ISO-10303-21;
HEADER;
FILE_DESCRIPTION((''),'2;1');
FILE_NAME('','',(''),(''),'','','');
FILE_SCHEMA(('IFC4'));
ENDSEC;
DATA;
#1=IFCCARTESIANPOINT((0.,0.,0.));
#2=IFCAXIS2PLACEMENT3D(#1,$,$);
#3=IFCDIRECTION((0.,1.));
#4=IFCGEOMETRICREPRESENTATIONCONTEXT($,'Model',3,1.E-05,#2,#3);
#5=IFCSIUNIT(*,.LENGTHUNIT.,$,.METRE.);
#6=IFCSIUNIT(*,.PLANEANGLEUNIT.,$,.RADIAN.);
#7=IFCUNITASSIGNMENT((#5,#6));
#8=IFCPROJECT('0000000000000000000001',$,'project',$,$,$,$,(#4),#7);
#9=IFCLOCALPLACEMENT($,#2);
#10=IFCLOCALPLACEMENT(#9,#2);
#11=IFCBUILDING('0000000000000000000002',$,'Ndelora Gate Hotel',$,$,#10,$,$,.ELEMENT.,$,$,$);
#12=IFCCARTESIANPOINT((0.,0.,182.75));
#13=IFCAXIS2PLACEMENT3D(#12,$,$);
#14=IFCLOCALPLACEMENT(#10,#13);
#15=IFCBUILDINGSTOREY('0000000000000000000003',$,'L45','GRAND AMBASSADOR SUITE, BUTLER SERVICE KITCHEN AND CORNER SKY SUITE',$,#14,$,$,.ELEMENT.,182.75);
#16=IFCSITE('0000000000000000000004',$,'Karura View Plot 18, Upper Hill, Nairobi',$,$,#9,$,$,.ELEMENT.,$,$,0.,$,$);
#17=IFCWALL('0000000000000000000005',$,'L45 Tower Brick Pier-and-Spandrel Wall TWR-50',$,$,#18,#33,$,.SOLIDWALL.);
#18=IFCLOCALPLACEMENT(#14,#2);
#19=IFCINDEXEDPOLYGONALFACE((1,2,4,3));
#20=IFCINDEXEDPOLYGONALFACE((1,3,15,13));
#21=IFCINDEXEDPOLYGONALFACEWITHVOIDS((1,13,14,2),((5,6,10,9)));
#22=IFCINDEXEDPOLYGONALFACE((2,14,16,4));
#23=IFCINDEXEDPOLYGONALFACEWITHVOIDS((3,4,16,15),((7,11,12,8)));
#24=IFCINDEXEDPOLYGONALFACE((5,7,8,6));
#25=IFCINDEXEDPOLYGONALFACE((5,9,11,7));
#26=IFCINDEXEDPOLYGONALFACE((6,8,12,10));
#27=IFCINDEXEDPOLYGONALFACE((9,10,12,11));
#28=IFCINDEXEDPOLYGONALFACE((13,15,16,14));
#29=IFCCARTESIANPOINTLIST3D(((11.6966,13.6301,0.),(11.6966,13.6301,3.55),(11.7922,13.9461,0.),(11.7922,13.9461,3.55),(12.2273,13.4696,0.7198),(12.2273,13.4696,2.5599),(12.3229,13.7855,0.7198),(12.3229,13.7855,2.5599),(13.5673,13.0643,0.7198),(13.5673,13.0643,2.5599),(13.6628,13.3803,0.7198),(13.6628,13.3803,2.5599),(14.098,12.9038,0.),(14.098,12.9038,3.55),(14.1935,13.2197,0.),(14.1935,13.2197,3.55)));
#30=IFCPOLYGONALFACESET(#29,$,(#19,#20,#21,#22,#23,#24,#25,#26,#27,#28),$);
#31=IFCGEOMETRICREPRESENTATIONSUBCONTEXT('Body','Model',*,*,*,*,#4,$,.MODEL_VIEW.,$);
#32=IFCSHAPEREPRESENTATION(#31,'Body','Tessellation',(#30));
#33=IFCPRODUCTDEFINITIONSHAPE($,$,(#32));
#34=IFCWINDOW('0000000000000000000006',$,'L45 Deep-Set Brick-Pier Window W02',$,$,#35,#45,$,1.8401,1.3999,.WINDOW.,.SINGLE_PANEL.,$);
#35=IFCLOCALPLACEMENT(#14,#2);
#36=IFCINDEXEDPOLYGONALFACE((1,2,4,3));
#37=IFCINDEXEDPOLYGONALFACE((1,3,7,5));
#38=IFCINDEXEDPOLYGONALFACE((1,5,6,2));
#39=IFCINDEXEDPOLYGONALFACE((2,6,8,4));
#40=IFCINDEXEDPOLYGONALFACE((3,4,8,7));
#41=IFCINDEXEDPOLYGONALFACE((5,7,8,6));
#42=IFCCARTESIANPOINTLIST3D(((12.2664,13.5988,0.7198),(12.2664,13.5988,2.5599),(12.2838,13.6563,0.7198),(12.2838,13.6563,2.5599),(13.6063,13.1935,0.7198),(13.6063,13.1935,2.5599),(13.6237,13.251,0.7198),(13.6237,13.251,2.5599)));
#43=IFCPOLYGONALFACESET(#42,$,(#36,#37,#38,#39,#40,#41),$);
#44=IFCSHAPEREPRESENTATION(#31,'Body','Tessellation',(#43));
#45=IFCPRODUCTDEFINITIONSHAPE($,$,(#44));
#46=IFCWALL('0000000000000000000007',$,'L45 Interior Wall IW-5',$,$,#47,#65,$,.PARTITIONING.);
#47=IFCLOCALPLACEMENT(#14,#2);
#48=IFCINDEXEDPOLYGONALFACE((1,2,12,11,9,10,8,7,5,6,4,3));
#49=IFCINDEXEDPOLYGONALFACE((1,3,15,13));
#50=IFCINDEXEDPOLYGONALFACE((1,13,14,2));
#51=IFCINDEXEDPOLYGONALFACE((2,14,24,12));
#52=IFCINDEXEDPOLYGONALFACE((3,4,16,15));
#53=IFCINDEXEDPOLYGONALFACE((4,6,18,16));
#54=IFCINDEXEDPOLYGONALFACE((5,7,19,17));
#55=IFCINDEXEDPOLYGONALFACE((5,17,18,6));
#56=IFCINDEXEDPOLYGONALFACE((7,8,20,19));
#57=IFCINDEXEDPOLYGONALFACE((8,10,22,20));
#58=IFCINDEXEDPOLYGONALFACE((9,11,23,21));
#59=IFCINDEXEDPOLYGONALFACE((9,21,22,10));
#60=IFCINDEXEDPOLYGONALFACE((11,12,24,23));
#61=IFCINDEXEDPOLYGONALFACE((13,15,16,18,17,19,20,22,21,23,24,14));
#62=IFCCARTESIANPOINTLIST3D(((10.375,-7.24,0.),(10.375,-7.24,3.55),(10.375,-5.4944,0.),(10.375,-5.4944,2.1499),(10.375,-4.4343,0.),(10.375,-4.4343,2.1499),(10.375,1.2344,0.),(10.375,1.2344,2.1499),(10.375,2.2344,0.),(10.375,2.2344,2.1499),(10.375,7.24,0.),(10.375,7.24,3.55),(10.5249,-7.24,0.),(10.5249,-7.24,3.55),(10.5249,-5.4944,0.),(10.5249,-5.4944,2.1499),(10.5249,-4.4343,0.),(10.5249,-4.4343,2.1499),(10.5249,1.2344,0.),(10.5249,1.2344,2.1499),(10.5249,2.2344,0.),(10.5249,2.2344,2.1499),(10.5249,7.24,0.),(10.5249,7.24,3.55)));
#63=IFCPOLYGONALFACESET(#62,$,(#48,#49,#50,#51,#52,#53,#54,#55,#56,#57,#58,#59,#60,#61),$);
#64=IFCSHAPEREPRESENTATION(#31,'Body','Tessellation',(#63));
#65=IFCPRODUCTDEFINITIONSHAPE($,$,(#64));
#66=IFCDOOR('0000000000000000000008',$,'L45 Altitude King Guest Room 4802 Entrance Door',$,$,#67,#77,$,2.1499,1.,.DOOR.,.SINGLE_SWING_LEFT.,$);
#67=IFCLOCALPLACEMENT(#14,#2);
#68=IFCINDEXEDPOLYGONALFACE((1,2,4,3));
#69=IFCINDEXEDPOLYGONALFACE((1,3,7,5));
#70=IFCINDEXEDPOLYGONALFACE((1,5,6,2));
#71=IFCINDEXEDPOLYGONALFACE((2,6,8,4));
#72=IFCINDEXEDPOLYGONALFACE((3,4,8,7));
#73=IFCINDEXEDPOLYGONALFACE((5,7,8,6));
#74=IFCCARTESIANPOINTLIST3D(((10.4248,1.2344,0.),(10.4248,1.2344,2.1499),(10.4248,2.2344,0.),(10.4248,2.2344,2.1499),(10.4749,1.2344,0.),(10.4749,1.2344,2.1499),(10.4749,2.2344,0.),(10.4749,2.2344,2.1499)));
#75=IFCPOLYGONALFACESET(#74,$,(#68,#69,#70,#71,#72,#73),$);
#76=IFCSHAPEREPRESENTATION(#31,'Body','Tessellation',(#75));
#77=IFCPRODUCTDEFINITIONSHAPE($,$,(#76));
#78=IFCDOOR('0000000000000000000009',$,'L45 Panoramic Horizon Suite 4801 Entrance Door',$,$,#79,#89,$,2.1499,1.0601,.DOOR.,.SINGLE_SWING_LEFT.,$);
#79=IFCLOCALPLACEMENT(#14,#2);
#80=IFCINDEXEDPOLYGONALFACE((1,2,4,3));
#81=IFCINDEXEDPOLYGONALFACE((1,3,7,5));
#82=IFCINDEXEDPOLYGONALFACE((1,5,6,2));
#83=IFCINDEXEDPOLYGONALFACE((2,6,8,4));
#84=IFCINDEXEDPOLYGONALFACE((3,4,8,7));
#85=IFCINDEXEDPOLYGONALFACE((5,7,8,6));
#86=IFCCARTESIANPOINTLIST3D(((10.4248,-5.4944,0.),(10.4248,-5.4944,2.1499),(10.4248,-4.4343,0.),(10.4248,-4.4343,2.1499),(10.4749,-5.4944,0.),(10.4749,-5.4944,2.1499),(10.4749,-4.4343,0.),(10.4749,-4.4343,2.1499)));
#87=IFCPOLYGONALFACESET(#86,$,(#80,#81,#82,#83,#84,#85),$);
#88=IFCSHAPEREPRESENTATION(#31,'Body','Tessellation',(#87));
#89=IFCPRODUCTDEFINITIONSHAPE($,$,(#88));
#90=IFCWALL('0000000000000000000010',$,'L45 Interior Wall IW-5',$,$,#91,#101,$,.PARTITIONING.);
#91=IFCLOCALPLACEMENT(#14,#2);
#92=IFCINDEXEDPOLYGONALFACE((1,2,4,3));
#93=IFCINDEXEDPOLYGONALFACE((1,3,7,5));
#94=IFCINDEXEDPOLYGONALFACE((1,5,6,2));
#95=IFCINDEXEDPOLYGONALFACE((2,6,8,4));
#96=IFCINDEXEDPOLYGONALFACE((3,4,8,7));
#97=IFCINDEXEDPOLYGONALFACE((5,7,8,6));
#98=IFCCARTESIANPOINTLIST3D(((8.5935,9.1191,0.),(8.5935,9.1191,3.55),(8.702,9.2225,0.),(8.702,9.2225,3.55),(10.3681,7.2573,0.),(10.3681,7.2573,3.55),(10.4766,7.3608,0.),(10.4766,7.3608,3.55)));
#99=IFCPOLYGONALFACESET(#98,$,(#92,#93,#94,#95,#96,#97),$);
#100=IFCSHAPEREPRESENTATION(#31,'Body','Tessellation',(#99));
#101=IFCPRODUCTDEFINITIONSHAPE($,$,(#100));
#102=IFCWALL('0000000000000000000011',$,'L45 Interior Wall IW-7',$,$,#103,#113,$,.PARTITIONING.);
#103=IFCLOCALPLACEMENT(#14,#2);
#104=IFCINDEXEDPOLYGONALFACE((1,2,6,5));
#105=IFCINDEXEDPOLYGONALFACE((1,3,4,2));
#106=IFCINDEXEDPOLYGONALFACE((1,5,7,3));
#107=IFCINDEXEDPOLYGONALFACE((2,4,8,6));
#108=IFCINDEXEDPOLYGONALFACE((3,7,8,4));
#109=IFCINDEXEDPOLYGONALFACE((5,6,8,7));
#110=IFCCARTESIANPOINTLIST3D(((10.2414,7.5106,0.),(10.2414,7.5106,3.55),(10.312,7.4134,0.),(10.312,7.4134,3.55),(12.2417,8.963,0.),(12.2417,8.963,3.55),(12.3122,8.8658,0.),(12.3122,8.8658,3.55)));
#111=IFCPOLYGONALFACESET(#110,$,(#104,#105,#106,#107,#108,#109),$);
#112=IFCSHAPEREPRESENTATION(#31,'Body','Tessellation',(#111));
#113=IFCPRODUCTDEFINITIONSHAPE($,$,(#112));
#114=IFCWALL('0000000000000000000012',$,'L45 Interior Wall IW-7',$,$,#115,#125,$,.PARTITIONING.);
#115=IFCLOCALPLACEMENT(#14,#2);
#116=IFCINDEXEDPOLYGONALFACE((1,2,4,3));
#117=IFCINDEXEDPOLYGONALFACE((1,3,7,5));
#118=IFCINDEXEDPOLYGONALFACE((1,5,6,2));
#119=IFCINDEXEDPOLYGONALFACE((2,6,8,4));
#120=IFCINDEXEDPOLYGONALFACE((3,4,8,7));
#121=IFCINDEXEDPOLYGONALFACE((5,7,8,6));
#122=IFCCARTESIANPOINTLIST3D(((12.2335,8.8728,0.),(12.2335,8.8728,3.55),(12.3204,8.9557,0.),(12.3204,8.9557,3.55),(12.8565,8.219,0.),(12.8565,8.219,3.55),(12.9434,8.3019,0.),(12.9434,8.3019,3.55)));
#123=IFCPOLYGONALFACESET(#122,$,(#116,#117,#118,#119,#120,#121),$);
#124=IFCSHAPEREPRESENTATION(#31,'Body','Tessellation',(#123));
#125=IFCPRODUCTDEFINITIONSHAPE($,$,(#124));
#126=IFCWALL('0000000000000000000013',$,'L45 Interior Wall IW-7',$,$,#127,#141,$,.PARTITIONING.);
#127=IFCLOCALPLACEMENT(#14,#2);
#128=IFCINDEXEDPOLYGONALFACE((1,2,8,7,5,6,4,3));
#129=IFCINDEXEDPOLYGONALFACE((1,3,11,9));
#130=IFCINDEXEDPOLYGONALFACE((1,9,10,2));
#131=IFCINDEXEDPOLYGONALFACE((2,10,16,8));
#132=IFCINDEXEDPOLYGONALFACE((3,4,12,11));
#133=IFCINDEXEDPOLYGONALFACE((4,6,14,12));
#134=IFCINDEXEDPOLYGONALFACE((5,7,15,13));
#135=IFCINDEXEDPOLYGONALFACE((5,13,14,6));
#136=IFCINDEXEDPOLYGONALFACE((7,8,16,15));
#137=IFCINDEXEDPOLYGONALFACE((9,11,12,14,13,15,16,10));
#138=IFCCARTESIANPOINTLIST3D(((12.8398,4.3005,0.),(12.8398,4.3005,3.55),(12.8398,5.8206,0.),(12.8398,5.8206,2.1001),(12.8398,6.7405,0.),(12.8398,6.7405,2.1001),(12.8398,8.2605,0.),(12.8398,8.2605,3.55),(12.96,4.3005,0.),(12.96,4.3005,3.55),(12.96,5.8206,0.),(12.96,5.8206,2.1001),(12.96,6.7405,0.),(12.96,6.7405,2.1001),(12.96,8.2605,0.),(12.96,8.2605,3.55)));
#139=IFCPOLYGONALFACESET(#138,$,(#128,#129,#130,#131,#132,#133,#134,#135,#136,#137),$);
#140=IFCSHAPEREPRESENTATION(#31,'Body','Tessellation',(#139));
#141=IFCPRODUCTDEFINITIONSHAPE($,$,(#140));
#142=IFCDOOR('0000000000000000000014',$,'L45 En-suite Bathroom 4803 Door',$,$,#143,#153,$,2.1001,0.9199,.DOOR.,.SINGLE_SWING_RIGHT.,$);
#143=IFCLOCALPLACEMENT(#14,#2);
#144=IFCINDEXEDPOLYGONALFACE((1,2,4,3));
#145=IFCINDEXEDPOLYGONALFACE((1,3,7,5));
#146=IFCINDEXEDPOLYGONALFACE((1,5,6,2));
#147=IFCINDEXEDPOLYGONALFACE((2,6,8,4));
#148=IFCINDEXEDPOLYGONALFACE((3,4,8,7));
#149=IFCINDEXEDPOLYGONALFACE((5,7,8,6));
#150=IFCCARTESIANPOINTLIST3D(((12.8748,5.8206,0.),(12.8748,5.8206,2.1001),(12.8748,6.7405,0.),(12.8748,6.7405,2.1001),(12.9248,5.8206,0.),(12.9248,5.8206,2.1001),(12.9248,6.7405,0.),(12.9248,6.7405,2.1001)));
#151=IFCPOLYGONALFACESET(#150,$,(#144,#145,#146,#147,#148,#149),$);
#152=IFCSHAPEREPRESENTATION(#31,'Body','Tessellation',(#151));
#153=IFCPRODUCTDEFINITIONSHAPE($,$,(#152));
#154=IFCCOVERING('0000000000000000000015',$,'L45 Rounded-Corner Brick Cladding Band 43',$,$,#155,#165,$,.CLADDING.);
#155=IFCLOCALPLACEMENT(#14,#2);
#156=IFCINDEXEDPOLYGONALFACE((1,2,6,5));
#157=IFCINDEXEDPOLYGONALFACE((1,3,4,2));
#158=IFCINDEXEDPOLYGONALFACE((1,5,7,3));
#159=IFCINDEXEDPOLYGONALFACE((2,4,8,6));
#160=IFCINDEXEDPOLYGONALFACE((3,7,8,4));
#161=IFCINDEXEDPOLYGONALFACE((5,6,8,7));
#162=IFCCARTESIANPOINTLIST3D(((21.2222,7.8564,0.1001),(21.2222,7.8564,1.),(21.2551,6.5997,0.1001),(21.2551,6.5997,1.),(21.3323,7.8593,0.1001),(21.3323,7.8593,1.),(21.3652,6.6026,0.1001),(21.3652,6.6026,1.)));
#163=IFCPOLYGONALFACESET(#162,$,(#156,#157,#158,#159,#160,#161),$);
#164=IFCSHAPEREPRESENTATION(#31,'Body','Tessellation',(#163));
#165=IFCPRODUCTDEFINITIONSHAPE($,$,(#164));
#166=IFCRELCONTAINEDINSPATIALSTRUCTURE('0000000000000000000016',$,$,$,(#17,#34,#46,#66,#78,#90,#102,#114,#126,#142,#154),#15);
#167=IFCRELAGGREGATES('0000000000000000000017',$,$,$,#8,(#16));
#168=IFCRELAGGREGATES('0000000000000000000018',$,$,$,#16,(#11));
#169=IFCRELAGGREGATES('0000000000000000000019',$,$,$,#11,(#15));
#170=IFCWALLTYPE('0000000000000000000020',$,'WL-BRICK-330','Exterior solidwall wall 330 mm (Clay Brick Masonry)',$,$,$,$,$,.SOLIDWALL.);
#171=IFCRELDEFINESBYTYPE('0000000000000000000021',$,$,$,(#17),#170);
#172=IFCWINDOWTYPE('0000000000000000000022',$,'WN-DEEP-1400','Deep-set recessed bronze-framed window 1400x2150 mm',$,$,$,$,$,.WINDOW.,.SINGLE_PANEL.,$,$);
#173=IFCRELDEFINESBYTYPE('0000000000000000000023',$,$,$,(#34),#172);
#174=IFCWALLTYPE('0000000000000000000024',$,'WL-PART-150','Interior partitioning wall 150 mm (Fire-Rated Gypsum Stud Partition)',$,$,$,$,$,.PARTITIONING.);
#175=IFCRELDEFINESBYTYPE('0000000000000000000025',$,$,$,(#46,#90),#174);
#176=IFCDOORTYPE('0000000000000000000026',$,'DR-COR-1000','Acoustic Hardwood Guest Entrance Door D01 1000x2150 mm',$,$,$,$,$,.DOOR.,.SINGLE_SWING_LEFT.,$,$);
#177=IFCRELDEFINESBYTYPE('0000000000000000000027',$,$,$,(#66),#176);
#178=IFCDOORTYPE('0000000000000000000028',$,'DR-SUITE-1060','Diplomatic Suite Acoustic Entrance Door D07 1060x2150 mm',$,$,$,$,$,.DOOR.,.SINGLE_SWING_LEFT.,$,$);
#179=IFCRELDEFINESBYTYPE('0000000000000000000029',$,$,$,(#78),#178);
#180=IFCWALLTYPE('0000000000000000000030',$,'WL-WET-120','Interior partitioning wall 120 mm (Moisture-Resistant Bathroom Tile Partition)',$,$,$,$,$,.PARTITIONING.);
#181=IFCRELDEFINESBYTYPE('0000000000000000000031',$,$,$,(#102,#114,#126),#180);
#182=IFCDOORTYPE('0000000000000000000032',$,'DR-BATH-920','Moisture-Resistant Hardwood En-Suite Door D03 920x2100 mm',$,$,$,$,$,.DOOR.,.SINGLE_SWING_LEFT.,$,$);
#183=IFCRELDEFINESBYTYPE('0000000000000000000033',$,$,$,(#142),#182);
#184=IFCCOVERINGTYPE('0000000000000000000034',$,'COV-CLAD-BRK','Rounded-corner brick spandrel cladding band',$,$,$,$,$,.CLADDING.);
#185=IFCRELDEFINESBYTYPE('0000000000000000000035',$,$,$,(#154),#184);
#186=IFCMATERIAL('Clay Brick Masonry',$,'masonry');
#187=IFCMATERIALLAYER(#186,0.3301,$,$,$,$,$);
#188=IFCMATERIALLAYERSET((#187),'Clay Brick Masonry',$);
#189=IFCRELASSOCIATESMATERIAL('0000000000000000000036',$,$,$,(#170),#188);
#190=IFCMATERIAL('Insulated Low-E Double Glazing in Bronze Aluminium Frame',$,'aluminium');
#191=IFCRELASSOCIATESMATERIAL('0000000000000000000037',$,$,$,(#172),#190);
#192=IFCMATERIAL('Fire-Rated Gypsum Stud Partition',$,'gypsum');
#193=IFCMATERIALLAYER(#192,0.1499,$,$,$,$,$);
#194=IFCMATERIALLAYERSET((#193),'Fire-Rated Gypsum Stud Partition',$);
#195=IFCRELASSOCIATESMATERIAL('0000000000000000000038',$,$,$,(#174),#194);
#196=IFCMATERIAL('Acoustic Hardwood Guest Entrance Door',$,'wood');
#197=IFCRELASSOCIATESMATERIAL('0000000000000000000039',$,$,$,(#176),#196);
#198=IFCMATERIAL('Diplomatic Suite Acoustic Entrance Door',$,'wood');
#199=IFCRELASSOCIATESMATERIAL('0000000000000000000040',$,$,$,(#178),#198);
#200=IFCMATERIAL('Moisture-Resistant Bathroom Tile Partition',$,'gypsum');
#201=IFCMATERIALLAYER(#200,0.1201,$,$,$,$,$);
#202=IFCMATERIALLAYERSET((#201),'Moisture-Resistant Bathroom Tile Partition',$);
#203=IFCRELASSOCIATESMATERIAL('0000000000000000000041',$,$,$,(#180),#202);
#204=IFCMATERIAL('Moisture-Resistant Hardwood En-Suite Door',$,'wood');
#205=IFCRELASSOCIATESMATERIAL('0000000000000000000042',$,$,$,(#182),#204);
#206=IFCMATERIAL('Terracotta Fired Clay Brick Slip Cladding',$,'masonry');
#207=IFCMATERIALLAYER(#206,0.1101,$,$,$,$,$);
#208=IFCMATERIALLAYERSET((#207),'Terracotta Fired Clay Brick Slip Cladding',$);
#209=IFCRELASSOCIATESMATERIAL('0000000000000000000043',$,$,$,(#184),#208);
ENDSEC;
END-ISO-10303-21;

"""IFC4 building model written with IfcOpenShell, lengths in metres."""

from ifc_helpers import new_model, si_unit, direction, frame, frame_2d, origin, origin_2d, place, context, subcontext, project, spatial, rectangle, extrude, material, layer, layer_set, type_object, element, fill, save


model = new_model("IFC4")

# Units and contexts
model_context = context("Model", 3, precision=1e-05, world=origin(), true_north=direction((0.0, 1.0)))
body_context = subcontext(model_context, "Body", "Model", "MODEL_VIEW")
ifc_project = project(units=[si_unit("LENGTHUNIT", "METRE"), si_unit("PLANEANGLEUNIT", "RADIAN")], contexts=[model_context])

# Site, building, storey
site_placement = place(None, origin())
site = spatial("IfcSite", under=ifc_project, at=site_placement, Name="Karura View Plot 18, Upper Hill, Nairobi", CompositionType="ELEMENT", RefElevation=0.0)
building_placement = place(site_placement, origin())
building = spatial("IfcBuilding", under=site, at=building_placement, Name="Ndelora Gate Hotel", CompositionType="ELEMENT")
storey_placement = place(building_placement, frame((0.0, 0.0, 182.75)))
storey = spatial("IfcBuildingStorey", under=building, at=storey_placement, Name="L45", Description="GRAND AMBASSADOR SUITE, BUTLER SERVICE KITCHEN AND CORNER SKY SUITE", CompositionType="ELEMENT", Elevation=182.75)

# Shared definitions
ifc_material_1 = material(Name="Clay Brick Masonry", Category="masonry")
ifc_layer_1 = layer(ifc_material_1, 0.3301)
ifc_layer_set_1 = layer_set([ifc_layer_1], Name="Clay Brick Masonry")
wall_type_1 = type_object("IfcWallType", Name="WL-BRICK-330", Description="Exterior solidwall wall 330 mm (Clay Brick Masonry)", PredefinedType="SOLIDWALL", material=ifc_layer_set_1)

# Wall, opening, window
ifc_material_2 = material(Name="Insulated Low-E Double Glazing in Bronze Aluminium Frame", Category="aluminium")
window_type = type_object("IfcWindowType", Name="WN-DEEP-1400", Description="Deep-set recessed bronze-framed window 1400x2150 mm", PartitioningType="SINGLE_PANEL", PredefinedType="WINDOW", material=ifc_material_2)
wall_1_placement = place(storey_placement, frame((11.7444, 13.7881, 0.0), z_axis=(0.0, 0.0, 1.0), x_axis=(0.957176, -0.289508, 0.0)))
wall_1 = element("IfcWall", 1, at=wall_1_placement, inside=storey, type_object=wall_type_1, Name="L45 Tower Brick Pier-and-Spandrel Wall TWR-50", PredefinedType="SOLIDWALL", context=body_context, shape_type="SweptSolid", body=[
    extrude(rectangle(XDim=2.5088, YDim=0.3301, at=frame_2d((1.2544, 0.0))), origin(), (0.0, 0.0, 1.0), 3.55),
])
opening_1_placement = place(wall_1_placement, frame((0.5544, 0.0, 0.72)))
opening_1 = element("IfcOpeningElement", 2, at=opening_1_placement, cuts=wall_1, PredefinedType="OPENING", context=body_context, shape_type="SweptSolid", body=[
    extrude(rectangle(XDim=1.3999, YDim=1.8401, at=frame_2d((0.7, 0.9199))), frame((0.0, 0.175, 0.0), z_axis=(0.0, -1.0, 0.0), x_axis=(1.0, 0.0, 0.0)), (0.0, 0.0, 1.0), 0.3501),
])
window_1_placement = place(opening_1_placement, origin())
window_1 = element("IfcWindow", 3, at=window_1_placement, inside=storey, type_object=window_type, Name="L45 Deep-Set Brick-Pier Window W02", OverallHeight=1.8401, OverallWidth=1.3999, PartitioningType="SINGLE_PANEL", PredefinedType="WINDOW", context=body_context, shape_type="SweptSolid", body=[
    extrude(rectangle(XDim=1.3999, YDim=1.8401, at=frame_2d((0.7, 0.9199))), frame((0.0, 0.03, 0.0), z_axis=(0.0, -1.0, 0.0), x_axis=(1.0, 0.0, 0.0)), (0.0, 0.0, 1.0), 0.0601),
])
fill(opening_1, window_1)

# Wall, openings, doors
ifc_material_3 = material(Name="Fire-Rated Gypsum Stud Partition", Category="gypsum")
ifc_layer_2 = layer(ifc_material_3, 0.1499)
ifc_layer_set_2 = layer_set([ifc_layer_2], Name="Fire-Rated Gypsum Stud Partition")
wall_type_2 = type_object("IfcWallType", Name="WL-PART-150", Description="Interior partitioning wall 150 mm (Fire-Rated Gypsum Stud Partition)", PredefinedType="PARTITIONING", material=ifc_layer_set_2)
wall_2_placement = place(storey_placement, frame((10.45, 7.24, 0.0), z_axis=(0.0, 0.0, 1.0), x_axis=(0.0, -1.0, 0.0)))
wall_2 = element("IfcWall", 4, at=wall_2_placement, inside=storey, type_object=wall_type_2, Name="L45 Interior Wall IW-5", PredefinedType="PARTITIONING", context=body_context, shape_type="SweptSolid", body=[
    extrude(rectangle(XDim=14.48, YDim=0.1499, at=frame_2d((7.24, 0.0))), origin(), (0.0, 0.0, 1.0), 3.55),
])
opening_2_placement = place(wall_2_placement, frame((11.6743, 0.0, 0.0)))
opening_2 = element("IfcOpeningElement", 5, at=opening_2_placement, cuts=wall_2, PredefinedType="OPENING", context=body_context, shape_type="SweptSolid", body=[
    extrude(rectangle(XDim=1.0601, YDim=2.1499, at=frame_2d((0.53, 1.075))), frame((0.0, 0.085, 0.0), z_axis=(0.0, -1.0, 0.0), x_axis=(1.0, 0.0, 0.0)), (0.0, 0.0, 1.0), 0.1699),
])
opening_3_placement = place(wall_2_placement, frame((5.0056, 0.0, 0.0)))
opening_3 = element("IfcOpeningElement", 6, at=opening_3_placement, cuts=wall_2, PredefinedType="OPENING", context=body_context, shape_type="SweptSolid", body=[
    extrude(rectangle(XDim=1.0, YDim=2.1499, at=frame_2d((0.5, 1.075))), frame((0.0, 0.085, 0.0), z_axis=(0.0, -1.0, 0.0), x_axis=(1.0, 0.0, 0.0)), (0.0, 0.0, 1.0), 0.1699),
])
ifc_material_4 = material(Name="Acoustic Hardwood Guest Entrance Door", Category="wood")
door_type_1 = type_object("IfcDoorType", Name="DR-COR-1000", Description="Acoustic Hardwood Guest Entrance Door D01 1000x2150 mm", OperationType="SINGLE_SWING_LEFT", PredefinedType="DOOR", material=ifc_material_4)
door_1_placement = place(opening_3_placement, origin())
door_1 = element("IfcDoor", 7, at=door_1_placement, inside=storey, type_object=door_type_1, Name="L45 Altitude King Guest Room 4802 Entrance Door", OperationType="SINGLE_SWING_LEFT", OverallHeight=2.1499, OverallWidth=1.0, PredefinedType="DOOR", context=body_context, shape_type="SweptSolid", body=[
    extrude(rectangle(XDim=1.0, YDim=2.1499, at=frame_2d((0.5, 1.075))), frame((0.0, 0.0249, 0.0), z_axis=(0.0, -1.0, 0.0), x_axis=(1.0, 0.0, 0.0)), (0.0, 0.0, 1.0), 0.05),
])
fill(opening_3, door_1)
ifc_material_5 = material(Name="Diplomatic Suite Acoustic Entrance Door", Category="wood")
door_type_2 = type_object("IfcDoorType", Name="DR-SUITE-1060", Description="Diplomatic Suite Acoustic Entrance Door D07 1060x2150 mm", OperationType="SINGLE_SWING_LEFT", PredefinedType="DOOR", material=ifc_material_5)
door_2_placement = place(opening_2_placement, origin())
door_2 = element("IfcDoor", 8, at=door_2_placement, inside=storey, type_object=door_type_2, Name="L45 Panoramic Horizon Suite 4801 Entrance Door", OperationType="SINGLE_SWING_LEFT", OverallHeight=2.1499, OverallWidth=1.0601, PredefinedType="DOOR", context=body_context, shape_type="SweptSolid", body=[
    extrude(rectangle(XDim=1.0601, YDim=2.1499, at=frame_2d((0.53, 1.075))), frame((0.0, 0.0249, 0.0), z_axis=(0.0, -1.0, 0.0), x_axis=(1.0, 0.0, 0.0)), (0.0, 0.0, 1.0), 0.05),
])
fill(opening_2, door_2)

# Walls
wall_3_placement = place(storey_placement, frame((8.6477, 9.1709, 0.0), z_axis=(0.0, 0.0, 1.0), x_axis=(0.689961, -0.723847, 0.0)))
element("IfcWall", 9, at=wall_3_placement, inside=storey, type_object=wall_type_2, Name="L45 Interior Wall IW-5", PredefinedType="PARTITIONING", context=body_context, shape_type="SweptSolid", body=[
    extrude(rectangle(XDim=2.572, YDim=0.1499, at=frame_2d((1.2861, 0.0))), origin(), (0.0, 0.0, 1.0), 3.55),
])
ifc_material_6 = material(Name="Moisture-Resistant Bathroom Tile Partition", Category="gypsum")
ifc_layer_3 = layer(ifc_material_6, 0.1201)
ifc_layer_set_3 = layer_set([ifc_layer_3], Name="Moisture-Resistant Bathroom Tile Partition")
wall_type_3 = type_object("IfcWallType", Name="WL-WET-120", Description="Interior partitioning wall 120 mm (Moisture-Resistant Bathroom Tile Partition)", PredefinedType="PARTITIONING", material=ifc_layer_set_3)
wall_4_placement = place(storey_placement, frame((12.2769, 8.9143, 0.0), z_axis=(0.0, 0.0, 1.0), x_axis=(-0.809184, -0.587555, 0.0)))
element("IfcWall", 10, at=wall_4_placement, inside=storey, type_object=wall_type_3, Name="L45 Interior Wall IW-7", PredefinedType="PARTITIONING", context=body_context, shape_type="SweptSolid", body=[
    extrude(rectangle(XDim=2.4719, YDim=0.1201, at=frame_2d((1.2358, 0.0))), origin(), (0.0, 0.0, 1.0), 3.55),
])
wall_5_placement = place(storey_placement, frame((12.2769, 8.9143, 0.0), z_axis=(0.0, 0.0, 1.0), x_axis=(0.689871, -0.723932, 0.0)))
element("IfcWall", 11, at=wall_5_placement, inside=storey, type_object=wall_type_3, Name="L45 Interior Wall IW-7", PredefinedType="PARTITIONING", context=body_context, shape_type="SweptSolid", body=[
    extrude(rectangle(XDim=0.9031, YDim=0.1201, at=frame_2d((0.4517, 0.0))), origin(), (0.0, 0.0, 1.0), 3.55),
])

# Wall, opening, door
wall_6_placement = place(storey_placement, frame((12.8999, 8.2605, 0.0), z_axis=(0.0, 0.0, 1.0), x_axis=(0.0, -1.0, 0.0)))
wall_6 = element("IfcWall", 12, at=wall_6_placement, inside=storey, type_object=wall_type_3, Name="L45 Interior Wall IW-7", PredefinedType="PARTITIONING", context=body_context, shape_type="SweptSolid", body=[
    extrude(rectangle(XDim=3.96, YDim=0.1201, at=frame_2d((1.98, 0.0))), origin(), (0.0, 0.0, 1.0), 3.55),
])
opening_4_placement = place(wall_6_placement, frame((1.52, 0.0, 0.0)))
opening_4 = element("IfcOpeningElement", 13, at=opening_4_placement, cuts=wall_6, PredefinedType="OPENING", context=body_context, shape_type="SweptSolid", body=[
    extrude(rectangle(XDim=0.9199, YDim=2.1001, at=frame_2d((0.46, 1.05))), frame((0.0, 0.0701, 0.0), z_axis=(0.0, -1.0, 0.0), x_axis=(1.0, 0.0, 0.0)), (0.0, 0.0, 1.0), 0.1401),
])
ifc_material_7 = material(Name="Moisture-Resistant Hardwood En-Suite Door", Category="wood")
door_type_3 = type_object("IfcDoorType", Name="DR-BATH-920", Description="Moisture-Resistant Hardwood En-Suite Door D03 920x2100 mm", OperationType="SINGLE_SWING_LEFT", PredefinedType="DOOR", material=ifc_material_7)
door_3_placement = place(opening_4_placement, origin())
door_3 = element("IfcDoor", 14, at=door_3_placement, inside=storey, type_object=door_type_3, Name="L45 En-suite Bathroom 4803 Door", OperationType="SINGLE_SWING_RIGHT", OverallHeight=2.1001, OverallWidth=0.9199, PredefinedType="DOOR", context=body_context, shape_type="SweptSolid", body=[
    extrude(rectangle(XDim=0.9199, YDim=2.1001, at=frame_2d((0.46, 1.05))), frame((0.0, 0.0249, 0.0), z_axis=(0.0, -1.0, 0.0), x_axis=(1.0, 0.0, 0.0)), (0.0, 0.0, 1.0), 0.05),
])
fill(opening_4, door_3)

# Covering
ifc_material_8 = material(Name="Terracotta Fired Clay Brick Slip Cladding", Category="masonry")
ifc_layer_4 = layer(ifc_material_8, 0.1101)
ifc_layer_set_4 = layer_set([ifc_layer_4], Name="Terracotta Fired Clay Brick Slip Cladding")
covering_type_1 = type_object("IfcCoveringType", Name="COV-CLAD-BRK", Description="Rounded-corner brick spandrel cladding band", PredefinedType="CLADDING", material=ifc_layer_set_4)
for number, where, z_axis, x_axis, name in (
    (15, (21.2937, 7.2295, 0.1001), (0.0, 0.0, 1.0), (-0.026177, 0.999657, 0.0), "L45 Rounded-Corner Brick Cladding Band 43"),
):
    element("IfcCovering", number, at=place(storey_placement, frame(where, z_axis=z_axis, x_axis=x_axis)), inside=storey, type_object=covering_type_1, Name=name, PredefinedType="CLADDING", context=body_context, shape_type="SweptSolid", body=[
        extrude(rectangle(XDim=1.2571, YDim=0.1101, at=origin_2d()), origin(), (0.0, 0.0, 1.0), 0.8999),
    ])

save(model, "model.ifc")
